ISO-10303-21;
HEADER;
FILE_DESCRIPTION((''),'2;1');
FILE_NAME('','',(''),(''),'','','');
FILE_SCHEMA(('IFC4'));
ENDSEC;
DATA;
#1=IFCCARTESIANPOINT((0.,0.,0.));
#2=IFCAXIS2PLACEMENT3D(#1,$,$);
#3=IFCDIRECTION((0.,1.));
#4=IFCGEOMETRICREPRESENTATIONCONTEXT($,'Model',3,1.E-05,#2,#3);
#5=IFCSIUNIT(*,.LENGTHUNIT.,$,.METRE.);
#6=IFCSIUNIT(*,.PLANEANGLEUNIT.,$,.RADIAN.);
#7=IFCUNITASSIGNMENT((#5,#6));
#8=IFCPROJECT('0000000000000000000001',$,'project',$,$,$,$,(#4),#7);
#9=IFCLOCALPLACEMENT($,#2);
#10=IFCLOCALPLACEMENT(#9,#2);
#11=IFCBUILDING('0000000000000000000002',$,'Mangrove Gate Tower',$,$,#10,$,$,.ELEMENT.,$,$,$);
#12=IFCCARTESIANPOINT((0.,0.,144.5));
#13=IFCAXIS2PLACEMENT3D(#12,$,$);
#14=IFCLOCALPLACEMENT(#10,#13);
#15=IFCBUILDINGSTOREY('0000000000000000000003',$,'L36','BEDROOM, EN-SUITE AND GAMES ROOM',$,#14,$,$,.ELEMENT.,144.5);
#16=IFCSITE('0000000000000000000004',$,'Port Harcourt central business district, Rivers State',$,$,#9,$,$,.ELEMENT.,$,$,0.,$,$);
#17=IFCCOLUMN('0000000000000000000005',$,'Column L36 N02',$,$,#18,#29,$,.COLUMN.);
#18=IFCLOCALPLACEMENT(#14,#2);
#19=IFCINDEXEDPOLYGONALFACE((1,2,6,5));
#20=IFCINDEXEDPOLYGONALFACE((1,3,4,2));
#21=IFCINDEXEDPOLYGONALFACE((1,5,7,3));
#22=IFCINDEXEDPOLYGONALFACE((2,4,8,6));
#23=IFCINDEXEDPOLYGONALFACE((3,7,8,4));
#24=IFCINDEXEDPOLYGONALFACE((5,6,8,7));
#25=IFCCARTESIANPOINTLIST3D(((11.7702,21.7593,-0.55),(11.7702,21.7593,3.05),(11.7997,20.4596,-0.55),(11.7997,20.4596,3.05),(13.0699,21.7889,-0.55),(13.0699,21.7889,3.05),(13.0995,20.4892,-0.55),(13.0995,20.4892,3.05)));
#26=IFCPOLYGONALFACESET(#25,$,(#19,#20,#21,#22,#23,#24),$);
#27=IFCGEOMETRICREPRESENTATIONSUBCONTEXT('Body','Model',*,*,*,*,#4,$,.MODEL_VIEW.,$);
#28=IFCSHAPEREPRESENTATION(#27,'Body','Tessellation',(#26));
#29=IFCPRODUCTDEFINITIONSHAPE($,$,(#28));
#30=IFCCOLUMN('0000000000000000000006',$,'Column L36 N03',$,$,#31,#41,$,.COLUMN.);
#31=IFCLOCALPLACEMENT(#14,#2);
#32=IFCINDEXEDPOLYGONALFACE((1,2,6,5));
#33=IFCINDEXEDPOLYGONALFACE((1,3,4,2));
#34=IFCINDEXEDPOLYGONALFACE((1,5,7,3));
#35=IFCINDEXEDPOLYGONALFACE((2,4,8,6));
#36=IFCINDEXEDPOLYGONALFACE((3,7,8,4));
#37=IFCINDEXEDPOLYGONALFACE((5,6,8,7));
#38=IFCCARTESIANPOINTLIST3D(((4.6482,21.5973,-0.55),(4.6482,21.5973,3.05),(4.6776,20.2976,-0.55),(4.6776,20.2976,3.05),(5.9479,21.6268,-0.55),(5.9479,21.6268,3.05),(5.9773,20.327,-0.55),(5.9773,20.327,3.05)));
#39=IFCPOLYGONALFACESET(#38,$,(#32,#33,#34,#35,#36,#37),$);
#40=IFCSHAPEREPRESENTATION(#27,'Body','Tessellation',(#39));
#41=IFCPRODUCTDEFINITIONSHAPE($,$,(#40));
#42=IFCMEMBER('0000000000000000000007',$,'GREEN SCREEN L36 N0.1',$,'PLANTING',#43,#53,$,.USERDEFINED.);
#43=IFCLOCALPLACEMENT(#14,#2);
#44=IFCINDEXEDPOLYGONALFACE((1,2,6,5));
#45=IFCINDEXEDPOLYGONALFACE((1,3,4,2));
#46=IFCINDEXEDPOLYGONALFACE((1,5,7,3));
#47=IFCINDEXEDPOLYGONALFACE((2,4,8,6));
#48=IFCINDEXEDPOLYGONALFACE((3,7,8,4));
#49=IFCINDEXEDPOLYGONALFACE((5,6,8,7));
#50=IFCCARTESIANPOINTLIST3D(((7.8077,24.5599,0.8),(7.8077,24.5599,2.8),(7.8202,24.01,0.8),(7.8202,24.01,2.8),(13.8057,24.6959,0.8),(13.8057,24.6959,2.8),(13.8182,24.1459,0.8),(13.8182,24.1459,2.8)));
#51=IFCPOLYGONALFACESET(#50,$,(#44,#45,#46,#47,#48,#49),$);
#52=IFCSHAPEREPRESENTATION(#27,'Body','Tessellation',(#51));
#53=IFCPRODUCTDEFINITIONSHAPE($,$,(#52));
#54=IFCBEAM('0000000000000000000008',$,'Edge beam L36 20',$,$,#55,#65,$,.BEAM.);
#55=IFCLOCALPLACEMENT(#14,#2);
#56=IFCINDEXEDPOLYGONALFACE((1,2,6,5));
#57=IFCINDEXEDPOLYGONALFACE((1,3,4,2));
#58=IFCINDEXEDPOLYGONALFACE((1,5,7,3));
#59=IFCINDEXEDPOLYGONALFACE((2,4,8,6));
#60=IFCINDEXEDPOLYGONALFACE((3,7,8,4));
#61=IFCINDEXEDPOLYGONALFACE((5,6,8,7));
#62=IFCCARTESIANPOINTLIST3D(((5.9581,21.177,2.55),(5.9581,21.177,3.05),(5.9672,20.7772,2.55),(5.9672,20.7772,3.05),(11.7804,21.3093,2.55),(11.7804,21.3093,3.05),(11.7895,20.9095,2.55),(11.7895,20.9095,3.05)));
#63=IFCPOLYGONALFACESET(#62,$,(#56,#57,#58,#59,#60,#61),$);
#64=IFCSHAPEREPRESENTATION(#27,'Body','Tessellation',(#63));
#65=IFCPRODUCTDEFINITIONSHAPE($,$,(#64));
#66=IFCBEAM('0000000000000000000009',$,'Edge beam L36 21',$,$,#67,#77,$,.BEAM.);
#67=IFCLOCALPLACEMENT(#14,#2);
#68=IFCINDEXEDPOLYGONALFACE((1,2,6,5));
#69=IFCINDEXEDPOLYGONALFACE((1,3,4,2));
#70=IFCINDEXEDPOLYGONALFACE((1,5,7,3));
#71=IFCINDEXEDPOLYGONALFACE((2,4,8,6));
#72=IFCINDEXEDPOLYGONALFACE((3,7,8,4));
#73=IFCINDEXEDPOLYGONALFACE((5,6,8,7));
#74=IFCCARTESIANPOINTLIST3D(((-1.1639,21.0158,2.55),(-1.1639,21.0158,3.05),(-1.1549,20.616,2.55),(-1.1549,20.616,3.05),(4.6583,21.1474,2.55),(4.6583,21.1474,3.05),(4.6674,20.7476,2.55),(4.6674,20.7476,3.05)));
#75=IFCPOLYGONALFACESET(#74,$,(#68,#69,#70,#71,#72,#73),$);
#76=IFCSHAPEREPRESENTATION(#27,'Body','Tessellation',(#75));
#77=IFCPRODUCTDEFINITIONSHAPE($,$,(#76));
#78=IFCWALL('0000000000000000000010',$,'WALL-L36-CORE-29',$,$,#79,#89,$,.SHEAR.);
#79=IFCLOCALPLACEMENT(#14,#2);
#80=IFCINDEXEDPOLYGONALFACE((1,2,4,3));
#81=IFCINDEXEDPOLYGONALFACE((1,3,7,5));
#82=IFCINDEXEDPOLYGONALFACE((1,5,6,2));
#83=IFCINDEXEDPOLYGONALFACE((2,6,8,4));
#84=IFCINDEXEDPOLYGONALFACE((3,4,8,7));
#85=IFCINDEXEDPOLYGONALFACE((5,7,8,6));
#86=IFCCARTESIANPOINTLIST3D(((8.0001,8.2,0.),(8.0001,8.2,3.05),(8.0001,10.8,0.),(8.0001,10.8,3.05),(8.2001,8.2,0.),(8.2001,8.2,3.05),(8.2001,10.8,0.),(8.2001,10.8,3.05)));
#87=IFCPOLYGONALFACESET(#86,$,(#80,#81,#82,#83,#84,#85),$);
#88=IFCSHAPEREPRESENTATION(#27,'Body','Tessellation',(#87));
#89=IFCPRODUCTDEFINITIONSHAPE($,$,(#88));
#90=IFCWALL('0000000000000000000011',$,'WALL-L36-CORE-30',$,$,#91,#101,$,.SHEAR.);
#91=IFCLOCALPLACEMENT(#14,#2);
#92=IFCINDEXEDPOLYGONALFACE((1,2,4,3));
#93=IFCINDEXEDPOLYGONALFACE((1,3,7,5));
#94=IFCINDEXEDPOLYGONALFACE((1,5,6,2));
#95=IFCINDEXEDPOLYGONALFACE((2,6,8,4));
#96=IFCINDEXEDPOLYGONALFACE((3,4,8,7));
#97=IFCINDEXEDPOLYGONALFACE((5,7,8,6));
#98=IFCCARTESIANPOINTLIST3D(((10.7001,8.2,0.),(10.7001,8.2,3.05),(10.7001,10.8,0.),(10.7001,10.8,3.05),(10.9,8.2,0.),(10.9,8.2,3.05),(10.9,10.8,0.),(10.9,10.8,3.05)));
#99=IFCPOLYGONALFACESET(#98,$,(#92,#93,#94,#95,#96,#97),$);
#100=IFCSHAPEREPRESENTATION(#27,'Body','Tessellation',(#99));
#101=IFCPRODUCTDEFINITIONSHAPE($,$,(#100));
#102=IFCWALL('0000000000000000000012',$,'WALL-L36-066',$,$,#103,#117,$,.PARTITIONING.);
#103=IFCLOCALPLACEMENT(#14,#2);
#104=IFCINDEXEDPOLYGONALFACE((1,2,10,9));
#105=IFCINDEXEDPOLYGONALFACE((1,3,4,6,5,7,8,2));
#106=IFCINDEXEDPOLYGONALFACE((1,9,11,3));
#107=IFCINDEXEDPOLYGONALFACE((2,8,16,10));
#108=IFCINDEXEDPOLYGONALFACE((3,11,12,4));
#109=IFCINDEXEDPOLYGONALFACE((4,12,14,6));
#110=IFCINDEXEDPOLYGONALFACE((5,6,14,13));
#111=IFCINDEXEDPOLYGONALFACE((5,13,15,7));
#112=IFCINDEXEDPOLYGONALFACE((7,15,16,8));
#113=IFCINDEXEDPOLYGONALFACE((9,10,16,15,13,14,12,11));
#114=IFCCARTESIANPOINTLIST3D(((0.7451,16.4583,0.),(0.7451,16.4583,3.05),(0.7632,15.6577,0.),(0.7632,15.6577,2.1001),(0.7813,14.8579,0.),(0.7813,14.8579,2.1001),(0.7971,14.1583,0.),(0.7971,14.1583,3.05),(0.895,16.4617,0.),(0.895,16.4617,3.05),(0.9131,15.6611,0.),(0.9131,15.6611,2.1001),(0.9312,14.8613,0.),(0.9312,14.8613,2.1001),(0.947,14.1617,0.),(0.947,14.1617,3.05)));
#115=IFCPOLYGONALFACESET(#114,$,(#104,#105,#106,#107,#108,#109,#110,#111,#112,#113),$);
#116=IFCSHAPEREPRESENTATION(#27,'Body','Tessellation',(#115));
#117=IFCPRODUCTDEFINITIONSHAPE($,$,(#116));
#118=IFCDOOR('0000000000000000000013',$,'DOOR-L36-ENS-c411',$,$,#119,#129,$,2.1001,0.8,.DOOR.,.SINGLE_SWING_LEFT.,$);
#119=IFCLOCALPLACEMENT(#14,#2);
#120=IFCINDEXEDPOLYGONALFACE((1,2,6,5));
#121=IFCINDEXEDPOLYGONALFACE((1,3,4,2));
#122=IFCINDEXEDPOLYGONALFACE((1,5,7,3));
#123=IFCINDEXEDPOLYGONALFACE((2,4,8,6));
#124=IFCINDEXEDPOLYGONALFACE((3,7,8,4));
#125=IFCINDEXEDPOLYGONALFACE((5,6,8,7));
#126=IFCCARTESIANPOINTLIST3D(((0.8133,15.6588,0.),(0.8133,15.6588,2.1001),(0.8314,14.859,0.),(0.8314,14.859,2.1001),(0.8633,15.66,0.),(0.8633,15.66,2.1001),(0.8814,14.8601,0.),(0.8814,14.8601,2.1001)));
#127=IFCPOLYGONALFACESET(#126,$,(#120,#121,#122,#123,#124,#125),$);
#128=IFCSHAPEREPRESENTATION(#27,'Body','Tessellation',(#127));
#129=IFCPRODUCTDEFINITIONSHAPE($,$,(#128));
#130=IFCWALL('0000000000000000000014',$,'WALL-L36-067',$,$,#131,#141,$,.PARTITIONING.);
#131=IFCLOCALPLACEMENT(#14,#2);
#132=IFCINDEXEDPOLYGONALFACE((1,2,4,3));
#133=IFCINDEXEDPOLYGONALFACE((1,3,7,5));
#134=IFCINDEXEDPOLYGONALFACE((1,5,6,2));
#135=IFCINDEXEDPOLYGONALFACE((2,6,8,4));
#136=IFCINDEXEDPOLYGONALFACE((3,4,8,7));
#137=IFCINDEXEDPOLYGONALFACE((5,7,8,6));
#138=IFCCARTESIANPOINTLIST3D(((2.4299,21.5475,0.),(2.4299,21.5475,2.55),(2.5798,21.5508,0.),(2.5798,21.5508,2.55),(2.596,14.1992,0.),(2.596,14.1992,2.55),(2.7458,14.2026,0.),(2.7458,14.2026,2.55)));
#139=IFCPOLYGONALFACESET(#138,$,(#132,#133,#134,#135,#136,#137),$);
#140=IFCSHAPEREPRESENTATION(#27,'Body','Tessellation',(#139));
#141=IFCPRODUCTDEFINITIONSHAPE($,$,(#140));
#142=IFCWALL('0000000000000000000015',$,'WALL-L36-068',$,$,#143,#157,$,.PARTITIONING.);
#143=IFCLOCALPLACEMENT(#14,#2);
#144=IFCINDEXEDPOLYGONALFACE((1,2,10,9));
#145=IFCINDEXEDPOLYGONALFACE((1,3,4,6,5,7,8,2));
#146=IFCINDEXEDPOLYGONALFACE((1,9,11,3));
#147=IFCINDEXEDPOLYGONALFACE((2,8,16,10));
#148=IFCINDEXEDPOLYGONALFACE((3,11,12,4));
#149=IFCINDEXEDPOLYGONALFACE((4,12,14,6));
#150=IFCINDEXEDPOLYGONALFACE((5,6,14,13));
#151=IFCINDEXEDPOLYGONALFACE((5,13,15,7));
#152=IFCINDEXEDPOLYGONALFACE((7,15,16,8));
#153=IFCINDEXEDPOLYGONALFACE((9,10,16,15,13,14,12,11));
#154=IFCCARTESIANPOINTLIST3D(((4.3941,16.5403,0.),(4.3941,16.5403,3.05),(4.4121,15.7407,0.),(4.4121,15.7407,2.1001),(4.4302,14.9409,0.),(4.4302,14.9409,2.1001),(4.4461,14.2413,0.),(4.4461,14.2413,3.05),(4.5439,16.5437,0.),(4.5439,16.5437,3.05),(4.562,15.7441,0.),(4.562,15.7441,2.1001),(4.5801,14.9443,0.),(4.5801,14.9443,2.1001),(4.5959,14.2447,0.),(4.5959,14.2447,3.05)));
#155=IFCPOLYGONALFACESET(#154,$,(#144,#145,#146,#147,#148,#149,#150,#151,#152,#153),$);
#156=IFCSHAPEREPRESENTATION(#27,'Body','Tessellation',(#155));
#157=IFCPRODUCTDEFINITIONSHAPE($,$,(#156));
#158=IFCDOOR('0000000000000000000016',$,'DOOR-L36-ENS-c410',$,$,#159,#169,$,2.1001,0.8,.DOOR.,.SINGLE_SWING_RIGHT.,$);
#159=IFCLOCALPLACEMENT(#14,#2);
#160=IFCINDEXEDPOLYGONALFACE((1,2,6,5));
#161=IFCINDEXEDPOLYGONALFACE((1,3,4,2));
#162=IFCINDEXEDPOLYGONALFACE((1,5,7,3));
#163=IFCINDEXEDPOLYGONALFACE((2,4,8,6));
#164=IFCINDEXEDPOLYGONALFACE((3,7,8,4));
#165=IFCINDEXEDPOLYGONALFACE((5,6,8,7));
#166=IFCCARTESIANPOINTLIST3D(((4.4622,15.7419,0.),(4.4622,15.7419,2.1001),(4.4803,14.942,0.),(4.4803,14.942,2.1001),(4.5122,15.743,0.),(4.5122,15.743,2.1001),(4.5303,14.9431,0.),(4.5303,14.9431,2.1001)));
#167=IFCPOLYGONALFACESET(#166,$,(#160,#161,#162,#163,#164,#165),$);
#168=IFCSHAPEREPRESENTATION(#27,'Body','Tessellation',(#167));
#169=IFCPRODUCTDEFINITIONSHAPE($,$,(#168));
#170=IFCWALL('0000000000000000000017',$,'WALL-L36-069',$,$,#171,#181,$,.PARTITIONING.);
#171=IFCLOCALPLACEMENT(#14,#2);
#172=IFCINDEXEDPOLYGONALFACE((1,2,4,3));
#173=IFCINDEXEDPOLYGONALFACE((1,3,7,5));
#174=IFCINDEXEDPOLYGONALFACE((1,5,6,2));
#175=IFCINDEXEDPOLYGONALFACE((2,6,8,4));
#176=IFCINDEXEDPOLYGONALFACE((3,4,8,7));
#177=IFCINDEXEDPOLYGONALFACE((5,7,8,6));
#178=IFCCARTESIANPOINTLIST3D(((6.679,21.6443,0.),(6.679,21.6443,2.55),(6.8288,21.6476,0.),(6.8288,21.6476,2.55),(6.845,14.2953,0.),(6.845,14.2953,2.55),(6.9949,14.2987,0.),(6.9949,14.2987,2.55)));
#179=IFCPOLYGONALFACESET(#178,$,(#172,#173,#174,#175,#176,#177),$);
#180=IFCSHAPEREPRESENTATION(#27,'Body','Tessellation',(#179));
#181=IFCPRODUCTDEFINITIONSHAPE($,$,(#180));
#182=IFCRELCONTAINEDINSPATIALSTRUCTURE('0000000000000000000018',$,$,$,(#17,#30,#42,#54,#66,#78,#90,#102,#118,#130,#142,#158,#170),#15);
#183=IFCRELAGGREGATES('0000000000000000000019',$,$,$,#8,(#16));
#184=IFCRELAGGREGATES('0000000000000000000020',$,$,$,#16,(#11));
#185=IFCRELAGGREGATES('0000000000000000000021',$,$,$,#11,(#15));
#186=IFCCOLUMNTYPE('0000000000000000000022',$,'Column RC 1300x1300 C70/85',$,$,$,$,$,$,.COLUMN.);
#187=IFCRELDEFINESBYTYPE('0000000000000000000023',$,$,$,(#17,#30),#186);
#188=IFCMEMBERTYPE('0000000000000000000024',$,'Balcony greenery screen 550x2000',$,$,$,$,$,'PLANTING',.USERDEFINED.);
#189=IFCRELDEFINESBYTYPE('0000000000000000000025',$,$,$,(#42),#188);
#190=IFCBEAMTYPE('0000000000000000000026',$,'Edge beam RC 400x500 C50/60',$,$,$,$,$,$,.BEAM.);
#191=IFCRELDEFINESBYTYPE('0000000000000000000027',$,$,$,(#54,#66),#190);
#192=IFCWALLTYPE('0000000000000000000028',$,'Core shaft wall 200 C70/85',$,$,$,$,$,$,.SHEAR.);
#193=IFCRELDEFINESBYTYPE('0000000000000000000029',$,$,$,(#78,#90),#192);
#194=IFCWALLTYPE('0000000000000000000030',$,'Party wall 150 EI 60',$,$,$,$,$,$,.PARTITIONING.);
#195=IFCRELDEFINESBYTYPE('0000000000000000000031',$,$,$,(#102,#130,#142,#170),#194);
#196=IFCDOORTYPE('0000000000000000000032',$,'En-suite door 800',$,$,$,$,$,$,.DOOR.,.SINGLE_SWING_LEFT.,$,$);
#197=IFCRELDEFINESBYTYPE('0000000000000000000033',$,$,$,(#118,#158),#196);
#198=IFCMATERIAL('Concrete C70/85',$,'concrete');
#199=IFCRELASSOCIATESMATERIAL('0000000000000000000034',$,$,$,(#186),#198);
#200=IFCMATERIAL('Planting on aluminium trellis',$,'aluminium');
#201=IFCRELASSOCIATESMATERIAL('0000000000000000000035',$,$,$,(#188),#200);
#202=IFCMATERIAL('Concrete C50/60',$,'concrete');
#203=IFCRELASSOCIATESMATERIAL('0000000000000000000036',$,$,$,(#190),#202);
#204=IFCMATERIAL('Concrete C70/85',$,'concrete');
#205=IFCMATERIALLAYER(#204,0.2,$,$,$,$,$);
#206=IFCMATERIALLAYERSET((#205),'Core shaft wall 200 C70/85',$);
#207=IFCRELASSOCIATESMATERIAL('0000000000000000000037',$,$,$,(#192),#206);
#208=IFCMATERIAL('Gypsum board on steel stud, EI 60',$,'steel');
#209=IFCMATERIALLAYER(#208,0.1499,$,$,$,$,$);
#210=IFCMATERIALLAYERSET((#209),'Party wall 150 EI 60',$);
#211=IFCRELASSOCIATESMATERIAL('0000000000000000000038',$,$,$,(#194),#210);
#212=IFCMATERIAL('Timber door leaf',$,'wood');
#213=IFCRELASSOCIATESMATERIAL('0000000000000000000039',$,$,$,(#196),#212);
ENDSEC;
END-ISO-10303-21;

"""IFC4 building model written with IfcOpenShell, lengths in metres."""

from ifc_helpers import new_model, si_unit, direction, frame, frame_2d, origin, origin_2d, place, context, subcontext, project, spatial, rectangle, extrude, material, layer, layer_set, material_profile, profile_set, type_object, element, fill, save


model = new_model("IFC4")

# Units and contexts
model_context = context("Model", 3, precision=1e-05, world=origin(), true_north=direction((0.0, 1.0)))
body_context = subcontext(model_context, "Body", "Model", "MODEL_VIEW")
ifc_project = project(units=[si_unit("LENGTHUNIT", "METRE"), si_unit("PLANEANGLEUNIT", "RADIAN")], contexts=[model_context])

# Site, building, storey
site_placement = place(None, origin())
site = spatial("IfcSite", under=ifc_project, at=site_placement, Name="Port Harcourt central business district, Rivers State", CompositionType="ELEMENT", RefElevation=0.0)
building_placement = place(site_placement, origin())
building = spatial("IfcBuilding", under=site, at=building_placement, Name="Mangrove Gate Tower", CompositionType="ELEMENT")
storey_placement = place(building_placement, frame((0.0, 0.0, 144.5)))
storey = spatial("IfcBuildingStorey", under=building, at=storey_placement, Name="L36", Description="BEDROOM, EN-SUITE AND GAMES ROOM", CompositionType="ELEMENT", Elevation=144.5)

# Columns
ifc_material_1 = material(Name="Concrete C70/85", Category="concrete")
ifc_material_profile_1 = material_profile(ifc_material_1, rectangle(XDim=1.3, YDim=1.3, at=origin_2d()))
ifc_profile_set_1 = profile_set([ifc_material_profile_1], Name="Concrete C70/85")
column_type = type_object("IfcColumnType", Name="Column RC 1300x1300 C70/85", PredefinedType="COLUMN", material=ifc_profile_set_1)
for number, where, z_axis, x_axis, name in (
    (1, (12.4348, 21.1243, -0.55), (0.0, 0.0, 1.0), (-0.999741, -0.022741, 0.0), "Column L36 N02"),
    (2, (5.3127, 20.9622, -0.55), (0.0, 0.0, 1.0), (-0.999743, -0.02267, 0.0), "Column L36 N03"),
):
    element("IfcColumn", number, at=place(storey_placement, frame(where, z_axis=z_axis, x_axis=x_axis)), inside=storey, type_object=column_type, Name=name, PredefinedType="COLUMN", context=body_context, shape_type="SweptSolid", body=[
        extrude(rectangle(XDim=1.3, YDim=1.3, at=origin_2d()), origin(), (0.0, 0.0, 1.0), 3.6001),
    ])

# Member
ifc_material_2 = material(Name="Planting on aluminium trellis", Category="aluminium")
ifc_material_profile_2 = material_profile(ifc_material_2, rectangle(XDim=0.55, YDim=2.0, at=origin_2d()))
ifc_profile_set_2 = profile_set([ifc_material_profile_2], Name="Planting on aluminium trellis")
member_type = type_object("IfcMemberType", Name="Balcony greenery screen 550x2000", ElementType="PLANTING", PredefinedType="USERDEFINED", material=ifc_profile_set_2)
member_placement = place(storey_placement, frame((7.814, 24.2849, 1.8), z_axis=(0.999743, 0.022666, 0.0), x_axis=(-0.022666, 0.999743, 0.0)))
element("IfcMember", 3, at=member_placement, inside=storey, type_object=member_type, Name="GREEN SCREEN L36 N0.1", ObjectType="PLANTING", PredefinedType="USERDEFINED", context=body_context, shape_type="SweptSolid", body=[
    extrude(rectangle(XDim=0.55, YDim=2.0, at=origin_2d()), origin(), (0.0, 0.0, 1.0), 5.9995),
])

# Beams
ifc_material_3 = material(Name="Concrete C50/60", Category="concrete")
ifc_material_profile_3 = material_profile(ifc_material_3, rectangle(XDim=0.3999, YDim=0.5, at=origin_2d()))
ifc_profile_set_3 = profile_set([ifc_material_profile_3], Name="Concrete C50/60")
beam_type = type_object("IfcBeamType", Name="Edge beam RC 400x500 C50/60", PredefinedType="BEAM", material=ifc_profile_set_3)
for number, where, z_axis, x_axis, name in (
    (4, (11.7849, 21.1094, 2.8), (-0.999742, -0.022721, 0.0), (0.022721, -0.999742, 0.0), "Edge beam L36 20"),
    (5, (4.6628, 20.9475, 2.8), (-0.999745, -0.022596, 0.0), (0.022596, -0.999745, 0.0), "Edge beam L36 21"),
):
    element("IfcBeam", number, at=place(storey_placement, frame(where, z_axis=z_axis, x_axis=x_axis)), inside=storey, type_object=beam_type, Name=name, PredefinedType="BEAM", context=body_context, shape_type="SweptSolid", body=[
        extrude(rectangle(XDim=0.3999, YDim=0.5, at=origin_2d()), origin(), (0.0, 0.0, 1.0), 5.8237),
    ])

# Walls
ifc_material_4 = material(Name="Concrete C70/85", Category="concrete")
ifc_layer_1 = layer(ifc_material_4, 0.2)
ifc_layer_set_1 = layer_set([ifc_layer_1], Name="Core shaft wall 200 C70/85")
wall_type_1 = type_object("IfcWallType", Name="Core shaft wall 200 C70/85", PredefinedType="SHEAR", material=ifc_layer_set_1)
for number, where, z_axis, x_axis, name in (
    (6, (8.1001, 8.2, 0.0), (0.0, 0.0, 1.0), (0.0, 1.0, 0.0), "WALL-L36-CORE-29"),
    (7, (10.8, 8.2, 0.0), (0.0, 0.0, 1.0), (0.0, 1.0, 0.0), "WALL-L36-CORE-30"),
):
    element("IfcWall", number, at=place(storey_placement, frame(where, z_axis=z_axis, x_axis=x_axis)), inside=storey, type_object=wall_type_1, Name=name, PredefinedType="SHEAR", context=body_context, shape_type="SweptSolid", body=[
        extrude(rectangle(XDim=2.6001, YDim=0.2, at=frame_2d((1.3, 0.0))), origin(), (0.0, 0.0, 1.0), 3.05),
    ])

# Wall, opening, door
ifc_material_5 = material(Name="Gypsum board on steel stud, EI 60", Category="steel")
ifc_layer_2 = layer(ifc_material_5, 0.1499)
ifc_layer_set_2 = layer_set([ifc_layer_2], Name="Party wall 150 EI 60")
wall_type_2 = type_object("IfcWallType", Name="Party wall 150 EI 60", PredefinedType="PARTITIONING", material=ifc_layer_set_2)
wall_1_placement = place(storey_placement, frame((0.8721, 14.1599, 0.0), z_axis=(0.0, 0.0, 1.0), x_axis=(-0.022603, 0.999745, 0.0)))
wall_1 = element("IfcWall", 8, at=wall_1_placement, inside=storey, type_object=wall_type_2, Name="WALL-L36-066", PredefinedType="PARTITIONING", context=body_context, shape_type="SweptSolid", body=[
    extrude(rectangle(XDim=2.3005, YDim=0.1499, at=frame_2d((1.1504, 0.0))), origin(), (0.0, 0.0, 1.0), 3.05),
])
opening_1_placement = place(wall_1_placement, frame((0.7, 0.0, 0.0)))
opening_1 = element("IfcOpeningElement", 9, at=opening_1_placement, cuts=wall_1, PredefinedType="OPENING", context=body_context, shape_type="SweptSolid", body=[
    extrude(rectangle(XDim=0.8, YDim=2.1001, at=frame_2d((0.3999, 1.05))), frame((0.0, 0.085, 0.0), z_axis=(0.0, -1.0, 0.0), x_axis=(1.0, 0.0, 0.0)), (0.0, 0.0, 1.0), 0.1699),
])
ifc_material_6 = material(Name="Timber door leaf", Category="wood")
door_type = type_object("IfcDoorType", Name="En-suite door 800", OperationType="SINGLE_SWING_LEFT", PredefinedType="DOOR", material=ifc_material_6)
door_1_placement = place(opening_1_placement, origin())
door_1 = element("IfcDoor", 10, at=door_1_placement, inside=storey, type_object=door_type, Name="DOOR-L36-ENS-c411", OperationType="SINGLE_SWING_LEFT", OverallHeight=2.1001, OverallWidth=0.8, PredefinedType="DOOR", context=body_context, shape_type="SweptSolid", body=[
    extrude(rectangle(XDim=0.8, YDim=2.1001, at=frame_2d((0.3999, 1.05))), frame((0.0, 0.0249, 0.0), z_axis=(0.0, -1.0, 0.0), x_axis=(1.0, 0.0, 0.0)), (0.0, 0.0, 1.0), 0.05),
])
fill(opening_1, door_1)

# Wall
wall_2_placement = place(storey_placement, frame((2.6709, 14.2009, 0.0), z_axis=(0.0, 0.0, 1.0), x_axis=(-0.022587, 0.999745, 0.0)))
element("IfcWall", 11, at=wall_2_placement, inside=storey, type_object=wall_type_2, Name="WALL-L36-067", PredefinedType="PARTITIONING", context=body_context, shape_type="SweptSolid", body=[
    extrude(rectangle(XDim=7.3501, YDim=0.1499, at=frame_2d((3.675, 0.0))), origin(), (0.0, 0.0, 1.0), 2.55),
])

# Wall, opening, door
wall_3_placement = place(storey_placement, frame((4.521, 14.2429, 0.0), z_axis=(0.0, 0.0, 1.0), x_axis=(-0.022613, 0.999744, 0.0)))
wall_3 = element("IfcWall", 12, at=wall_3_placement, inside=storey, type_object=wall_type_2, Name="WALL-L36-068", PredefinedType="PARTITIONING", context=body_context, shape_type="SweptSolid", body=[
    extrude(rectangle(XDim=2.2996, YDim=0.1499, at=frame_2d((1.1499, 0.0))), origin(), (0.0, 0.0, 1.0), 3.05),
])
opening_2_placement = place(wall_3_placement, frame((0.7, 0.0, 0.0)))
opening_2 = element("IfcOpeningElement", 13, at=opening_2_placement, cuts=wall_3, PredefinedType="OPENING", context=body_context, shape_type="SweptSolid", body=[
    extrude(rectangle(XDim=0.8, YDim=2.1001, at=frame_2d((0.3999, 1.05))), frame((0.0, 0.085, 0.0), z_axis=(0.0, -1.0, 0.0), x_axis=(1.0, 0.0, 0.0)), (0.0, 0.0, 1.0), 0.1699),
])
door_2_placement = place(opening_2_placement, origin())
door_2 = element("IfcDoor", 14, at=door_2_placement, inside=storey, type_object=door_type, Name="DOOR-L36-ENS-c410", OperationType="SINGLE_SWING_RIGHT", OverallHeight=2.1001, OverallWidth=0.8, PredefinedType="DOOR", context=body_context, shape_type="SweptSolid", body=[
    extrude(rectangle(XDim=0.8, YDim=2.1001, at=frame_2d((0.3999, 1.05))), frame((0.0, 0.0249, 0.0), z_axis=(0.0, -1.0, 0.0), x_axis=(1.0, 0.0, 0.0)), (0.0, 0.0, 1.0), 0.05),
])
fill(opening_2, door_2)

# Wall
wall_4_placement = place(storey_placement, frame((6.9199, 14.2971, 0.0), z_axis=(0.0, 0.0, 1.0), x_axis=(-0.022585, 0.999745, 0.0)))
element("IfcWall", 15, at=wall_4_placement, inside=storey, type_object=wall_type_2, Name="WALL-L36-069", PredefinedType="PARTITIONING", context=body_context, shape_type="SweptSolid", body=[
    extrude(rectangle(XDim=7.3508, YDim=0.1499, at=frame_2d((3.6753, 0.0))), origin(), (0.0, 0.0, 1.0), 2.55),
])

save(model, "model.ifc")
